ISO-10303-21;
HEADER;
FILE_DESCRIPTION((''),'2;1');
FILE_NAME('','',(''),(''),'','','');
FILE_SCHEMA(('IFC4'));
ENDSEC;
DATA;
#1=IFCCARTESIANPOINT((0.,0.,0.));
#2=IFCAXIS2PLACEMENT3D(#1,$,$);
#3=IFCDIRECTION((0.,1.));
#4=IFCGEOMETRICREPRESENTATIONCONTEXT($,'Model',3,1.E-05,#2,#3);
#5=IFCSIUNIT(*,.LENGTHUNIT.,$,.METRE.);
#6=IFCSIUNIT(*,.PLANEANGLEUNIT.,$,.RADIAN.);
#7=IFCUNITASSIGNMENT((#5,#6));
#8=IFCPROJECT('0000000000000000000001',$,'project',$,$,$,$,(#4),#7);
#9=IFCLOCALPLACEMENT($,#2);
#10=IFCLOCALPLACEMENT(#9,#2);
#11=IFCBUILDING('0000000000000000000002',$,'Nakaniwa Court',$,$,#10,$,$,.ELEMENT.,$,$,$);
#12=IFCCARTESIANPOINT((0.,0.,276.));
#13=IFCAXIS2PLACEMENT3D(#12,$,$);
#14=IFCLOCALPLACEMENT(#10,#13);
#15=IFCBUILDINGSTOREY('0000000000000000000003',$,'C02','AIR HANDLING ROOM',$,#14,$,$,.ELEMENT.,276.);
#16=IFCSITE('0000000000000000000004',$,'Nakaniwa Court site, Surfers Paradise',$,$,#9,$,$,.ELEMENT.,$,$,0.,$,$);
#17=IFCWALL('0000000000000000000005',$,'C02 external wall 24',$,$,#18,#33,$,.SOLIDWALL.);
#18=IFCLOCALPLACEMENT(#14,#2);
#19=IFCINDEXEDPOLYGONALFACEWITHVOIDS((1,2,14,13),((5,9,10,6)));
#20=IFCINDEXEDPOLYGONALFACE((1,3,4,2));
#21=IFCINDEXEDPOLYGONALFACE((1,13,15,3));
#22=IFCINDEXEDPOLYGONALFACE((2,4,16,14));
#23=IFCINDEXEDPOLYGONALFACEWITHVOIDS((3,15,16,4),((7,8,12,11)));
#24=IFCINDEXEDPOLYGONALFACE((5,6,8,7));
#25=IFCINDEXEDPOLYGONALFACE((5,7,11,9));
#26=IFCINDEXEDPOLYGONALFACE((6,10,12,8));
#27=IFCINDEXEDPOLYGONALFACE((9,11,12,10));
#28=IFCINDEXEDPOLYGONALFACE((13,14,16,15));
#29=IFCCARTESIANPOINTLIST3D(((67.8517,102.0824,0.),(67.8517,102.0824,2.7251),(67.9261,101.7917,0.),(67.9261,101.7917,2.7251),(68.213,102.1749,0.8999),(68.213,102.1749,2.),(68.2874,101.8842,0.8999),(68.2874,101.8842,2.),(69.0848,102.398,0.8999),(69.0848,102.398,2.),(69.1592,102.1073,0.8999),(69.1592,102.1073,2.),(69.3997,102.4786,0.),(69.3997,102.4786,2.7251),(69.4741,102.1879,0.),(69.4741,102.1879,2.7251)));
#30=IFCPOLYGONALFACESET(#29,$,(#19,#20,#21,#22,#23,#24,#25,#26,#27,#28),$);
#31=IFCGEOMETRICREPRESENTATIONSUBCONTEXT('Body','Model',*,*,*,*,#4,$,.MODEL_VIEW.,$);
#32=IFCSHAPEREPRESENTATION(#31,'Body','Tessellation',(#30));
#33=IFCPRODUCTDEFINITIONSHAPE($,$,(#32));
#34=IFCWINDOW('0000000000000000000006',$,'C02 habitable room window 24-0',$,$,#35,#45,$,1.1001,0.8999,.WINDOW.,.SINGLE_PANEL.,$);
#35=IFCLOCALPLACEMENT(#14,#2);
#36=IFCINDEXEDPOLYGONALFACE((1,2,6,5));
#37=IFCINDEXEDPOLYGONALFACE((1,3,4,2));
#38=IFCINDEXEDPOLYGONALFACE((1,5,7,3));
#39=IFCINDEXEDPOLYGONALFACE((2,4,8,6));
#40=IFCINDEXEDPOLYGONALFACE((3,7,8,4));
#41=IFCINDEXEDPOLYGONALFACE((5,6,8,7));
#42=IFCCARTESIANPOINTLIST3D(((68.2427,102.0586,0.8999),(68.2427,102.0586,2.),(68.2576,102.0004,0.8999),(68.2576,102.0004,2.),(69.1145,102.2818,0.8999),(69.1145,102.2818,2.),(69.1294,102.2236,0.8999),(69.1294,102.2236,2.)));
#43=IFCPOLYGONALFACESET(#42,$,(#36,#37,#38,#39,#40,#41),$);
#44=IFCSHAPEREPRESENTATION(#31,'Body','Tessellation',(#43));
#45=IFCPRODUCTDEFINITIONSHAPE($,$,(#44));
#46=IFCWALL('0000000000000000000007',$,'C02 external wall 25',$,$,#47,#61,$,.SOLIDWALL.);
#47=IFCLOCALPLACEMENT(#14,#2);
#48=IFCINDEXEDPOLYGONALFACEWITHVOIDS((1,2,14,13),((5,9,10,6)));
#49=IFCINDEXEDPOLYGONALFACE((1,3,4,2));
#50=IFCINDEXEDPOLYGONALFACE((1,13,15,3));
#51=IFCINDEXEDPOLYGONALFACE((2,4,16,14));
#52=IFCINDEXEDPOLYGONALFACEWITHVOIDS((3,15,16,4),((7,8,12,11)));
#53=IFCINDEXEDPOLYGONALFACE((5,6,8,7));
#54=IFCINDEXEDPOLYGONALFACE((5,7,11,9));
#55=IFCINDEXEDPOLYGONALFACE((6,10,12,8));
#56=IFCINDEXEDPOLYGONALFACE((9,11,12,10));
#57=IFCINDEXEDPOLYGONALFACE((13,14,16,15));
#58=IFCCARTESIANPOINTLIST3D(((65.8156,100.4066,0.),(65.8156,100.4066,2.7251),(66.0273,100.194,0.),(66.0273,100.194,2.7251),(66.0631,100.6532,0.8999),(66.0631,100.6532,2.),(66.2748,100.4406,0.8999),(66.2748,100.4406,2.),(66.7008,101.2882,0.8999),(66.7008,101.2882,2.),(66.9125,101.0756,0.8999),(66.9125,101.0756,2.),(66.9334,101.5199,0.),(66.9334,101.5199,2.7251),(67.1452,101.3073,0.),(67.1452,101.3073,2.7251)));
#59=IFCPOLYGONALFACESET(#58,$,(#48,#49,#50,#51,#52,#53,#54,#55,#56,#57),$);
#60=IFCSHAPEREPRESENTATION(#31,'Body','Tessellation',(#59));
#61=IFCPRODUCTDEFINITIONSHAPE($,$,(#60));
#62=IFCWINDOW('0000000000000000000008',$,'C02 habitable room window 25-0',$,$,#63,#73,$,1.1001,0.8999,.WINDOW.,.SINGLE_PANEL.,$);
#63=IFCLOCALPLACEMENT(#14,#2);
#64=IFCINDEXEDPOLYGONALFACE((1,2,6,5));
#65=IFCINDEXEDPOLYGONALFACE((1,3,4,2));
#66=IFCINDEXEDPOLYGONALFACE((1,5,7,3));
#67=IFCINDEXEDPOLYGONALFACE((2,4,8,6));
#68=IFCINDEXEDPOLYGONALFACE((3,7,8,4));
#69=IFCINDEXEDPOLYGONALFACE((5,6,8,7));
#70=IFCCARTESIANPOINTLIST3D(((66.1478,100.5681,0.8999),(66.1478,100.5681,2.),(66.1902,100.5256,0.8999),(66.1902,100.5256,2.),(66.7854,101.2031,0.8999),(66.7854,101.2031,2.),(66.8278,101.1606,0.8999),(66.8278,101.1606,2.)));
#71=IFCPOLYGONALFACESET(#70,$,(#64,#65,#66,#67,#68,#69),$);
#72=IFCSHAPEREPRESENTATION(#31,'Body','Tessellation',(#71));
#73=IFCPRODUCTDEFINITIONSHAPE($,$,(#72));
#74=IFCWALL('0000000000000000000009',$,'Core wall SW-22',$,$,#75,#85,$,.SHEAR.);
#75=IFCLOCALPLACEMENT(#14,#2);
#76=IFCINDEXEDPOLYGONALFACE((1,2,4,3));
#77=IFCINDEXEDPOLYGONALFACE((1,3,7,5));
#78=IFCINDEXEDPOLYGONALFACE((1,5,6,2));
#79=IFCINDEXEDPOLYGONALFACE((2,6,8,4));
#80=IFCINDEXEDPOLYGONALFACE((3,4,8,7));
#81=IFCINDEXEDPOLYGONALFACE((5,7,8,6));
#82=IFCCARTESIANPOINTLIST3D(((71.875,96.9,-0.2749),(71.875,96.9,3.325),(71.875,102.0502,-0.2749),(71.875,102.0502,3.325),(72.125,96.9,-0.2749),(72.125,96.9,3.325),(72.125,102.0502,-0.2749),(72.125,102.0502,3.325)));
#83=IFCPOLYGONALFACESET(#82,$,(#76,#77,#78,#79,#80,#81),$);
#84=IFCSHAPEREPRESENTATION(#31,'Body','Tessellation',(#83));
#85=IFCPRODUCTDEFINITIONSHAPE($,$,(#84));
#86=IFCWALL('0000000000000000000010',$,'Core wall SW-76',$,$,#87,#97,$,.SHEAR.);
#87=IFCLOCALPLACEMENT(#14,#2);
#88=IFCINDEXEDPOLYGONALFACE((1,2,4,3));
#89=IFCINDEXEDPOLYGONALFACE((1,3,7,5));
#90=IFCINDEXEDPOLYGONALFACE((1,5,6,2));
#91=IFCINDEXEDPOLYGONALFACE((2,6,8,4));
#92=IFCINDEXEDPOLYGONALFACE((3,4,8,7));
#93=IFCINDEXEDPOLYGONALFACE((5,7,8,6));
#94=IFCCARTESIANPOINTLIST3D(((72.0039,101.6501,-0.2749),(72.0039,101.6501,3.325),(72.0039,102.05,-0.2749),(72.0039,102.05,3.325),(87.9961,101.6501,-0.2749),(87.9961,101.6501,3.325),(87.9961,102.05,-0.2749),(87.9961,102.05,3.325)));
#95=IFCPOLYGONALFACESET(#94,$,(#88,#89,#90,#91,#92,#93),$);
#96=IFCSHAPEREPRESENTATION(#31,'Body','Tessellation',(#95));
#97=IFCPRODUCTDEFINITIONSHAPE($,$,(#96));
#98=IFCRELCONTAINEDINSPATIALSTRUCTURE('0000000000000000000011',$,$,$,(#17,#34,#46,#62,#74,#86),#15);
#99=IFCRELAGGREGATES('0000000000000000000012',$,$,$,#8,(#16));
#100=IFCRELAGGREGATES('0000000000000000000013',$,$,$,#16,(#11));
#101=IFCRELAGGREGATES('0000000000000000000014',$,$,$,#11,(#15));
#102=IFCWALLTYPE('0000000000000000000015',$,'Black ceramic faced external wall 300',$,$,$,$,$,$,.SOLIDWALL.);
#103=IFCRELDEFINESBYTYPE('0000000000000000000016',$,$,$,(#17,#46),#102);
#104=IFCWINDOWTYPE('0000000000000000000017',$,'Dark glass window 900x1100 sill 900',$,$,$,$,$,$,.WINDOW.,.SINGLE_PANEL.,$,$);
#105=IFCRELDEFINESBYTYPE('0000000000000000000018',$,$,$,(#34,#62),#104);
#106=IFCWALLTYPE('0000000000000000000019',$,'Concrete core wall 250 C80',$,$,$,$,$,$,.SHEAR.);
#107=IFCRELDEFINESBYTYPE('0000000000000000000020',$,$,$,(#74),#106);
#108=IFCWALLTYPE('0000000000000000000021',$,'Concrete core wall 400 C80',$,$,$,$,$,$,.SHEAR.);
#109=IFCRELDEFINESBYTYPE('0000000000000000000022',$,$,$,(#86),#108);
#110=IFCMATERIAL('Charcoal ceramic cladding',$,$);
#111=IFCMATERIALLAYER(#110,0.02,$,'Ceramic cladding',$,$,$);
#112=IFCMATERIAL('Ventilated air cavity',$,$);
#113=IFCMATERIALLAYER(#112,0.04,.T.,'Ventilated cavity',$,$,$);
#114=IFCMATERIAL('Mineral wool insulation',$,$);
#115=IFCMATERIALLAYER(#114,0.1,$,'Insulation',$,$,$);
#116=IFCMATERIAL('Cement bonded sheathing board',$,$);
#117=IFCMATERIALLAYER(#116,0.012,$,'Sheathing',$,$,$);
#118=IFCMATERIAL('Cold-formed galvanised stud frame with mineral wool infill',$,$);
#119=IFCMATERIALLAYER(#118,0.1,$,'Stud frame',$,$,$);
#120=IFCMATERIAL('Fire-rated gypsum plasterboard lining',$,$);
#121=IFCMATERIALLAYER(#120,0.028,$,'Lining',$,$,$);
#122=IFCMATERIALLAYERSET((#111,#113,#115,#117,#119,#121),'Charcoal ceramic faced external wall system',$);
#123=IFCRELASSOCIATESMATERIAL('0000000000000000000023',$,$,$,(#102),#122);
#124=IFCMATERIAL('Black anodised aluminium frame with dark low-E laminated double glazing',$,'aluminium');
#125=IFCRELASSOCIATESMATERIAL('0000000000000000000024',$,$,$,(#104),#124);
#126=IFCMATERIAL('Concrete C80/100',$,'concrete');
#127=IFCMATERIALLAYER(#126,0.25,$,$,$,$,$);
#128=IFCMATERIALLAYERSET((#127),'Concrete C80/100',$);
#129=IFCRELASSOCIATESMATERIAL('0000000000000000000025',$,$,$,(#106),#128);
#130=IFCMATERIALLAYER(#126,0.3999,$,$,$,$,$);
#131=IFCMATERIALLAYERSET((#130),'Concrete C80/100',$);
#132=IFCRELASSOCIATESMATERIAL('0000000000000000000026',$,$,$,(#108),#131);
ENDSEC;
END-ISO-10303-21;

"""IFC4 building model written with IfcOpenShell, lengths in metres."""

from ifc_helpers import new_model, si_unit, direction, frame, frame_2d, origin, place, context, subcontext, project, spatial, rectangle, extrude, material, layer, layer_set, type_object, element, fill, save


model = new_model("IFC4")

# Units and contexts
model_context = context("Model", 3, precision=1e-05, world=origin(), true_north=direction((0.0, 1.0)))
body_context = subcontext(model_context, "Body", "Model", "MODEL_VIEW")
ifc_project = project(units=[si_unit("LENGTHUNIT", "METRE"), si_unit("PLANEANGLEUNIT", "RADIAN")], contexts=[model_context])

# Site, building, storey
site_placement = place(None, origin())
site = spatial("IfcSite", under=ifc_project, at=site_placement, Name="Nakaniwa Court site, Surfers Paradise", CompositionType="ELEMENT", RefElevation=0.0)
building_placement = place(site_placement, origin())
building = spatial("IfcBuilding", under=site, at=building_placement, Name="Nakaniwa Court", CompositionType="ELEMENT")
storey_placement = place(building_placement, frame((0.0, 0.0, 276.0)))
storey = spatial("IfcBuildingStorey", under=building, at=storey_placement, Name="C02", Description="AIR HANDLING ROOM", CompositionType="ELEMENT", Elevation=276.0)

# Shared definitions
ifc_material_1 = material(Name="Concrete C80/100", Category="concrete")

# Walls, openings, windows
ifc_material_2 = material(Name="Charcoal ceramic cladding")
ifc_layer_1 = layer(ifc_material_2, 0.02, Name="Ceramic cladding")
ifc_material_3 = material(Name="Ventilated air cavity")
ifc_layer_2 = layer(ifc_material_3, 0.04, ventilated=True, Name="Ventilated cavity")
ifc_material_4 = material(Name="Mineral wool insulation")
ifc_layer_3 = layer(ifc_material_4, 0.1, Name="Insulation")
ifc_material_5 = material(Name="Cement bonded sheathing board")
ifc_layer_4 = layer(ifc_material_5, 0.012, Name="Sheathing")
ifc_material_6 = material(Name="Cold-formed galvanised stud frame with mineral wool infill")
ifc_layer_5 = layer(ifc_material_6, 0.1, Name="Stud frame")
ifc_material_7 = material(Name="Fire-rated gypsum plasterboard lining")
ifc_layer_6 = layer(ifc_material_7, 0.028, Name="Lining")
ifc_layer_set_1 = layer_set([ifc_layer_1, ifc_layer_2, ifc_layer_3, ifc_layer_4, ifc_layer_5, ifc_layer_6], Name="Charcoal ceramic faced external wall system")
wall_type_1 = type_object("IfcWallType", Name="Black ceramic faced external wall 300", PredefinedType="SOLIDWALL", material=ifc_layer_set_1)
ifc_material_8 = material(Name="Black anodised aluminium frame with dark low-E laminated double glazing", Category="aluminium")
wall_1_placement = place(storey_placement, frame((69.4368, 102.3333, 0.0), z_axis=(0.0, 0.0, 1.0), x_axis=(-0.96877, -0.24796, 0.0)))
wall_1 = element("IfcWall", 1, at=wall_1_placement, inside=storey, type_object=wall_type_1, Name="C02 external wall 24", PredefinedType="SOLIDWALL", context=body_context, shape_type="SweptSolid", body=[
    extrude(rectangle(XDim=1.5979, YDim=0.3, at=frame_2d((0.7988, 0.0))), origin(), (0.0, 0.0, 1.0), 2.7251),
])
opening_1_placement = place(wall_1_placement, frame((0.325, 0.0, 0.8999)))
opening_1 = element("IfcOpeningElement", 2, at=opening_1_placement, cuts=wall_1, PredefinedType="OPENING", context=body_context, shape_type="SweptSolid", body=[
    extrude(rectangle(XDim=0.8999, YDim=1.1001, at=frame_2d((0.45, 0.55))), frame((0.0, 0.1599, 0.0), z_axis=(0.0, -1.0, 0.0), x_axis=(1.0, 0.0, 0.0)), (0.0, 0.0, 1.0), 0.3201),
])
window_type_1 = type_object("IfcWindowType", Name="Dark glass window 900x1100 sill 900", PartitioningType="SINGLE_PANEL", PredefinedType="WINDOW", material=ifc_material_8)
window_1_placement = place(opening_1_placement, origin())
window_1 = element("IfcWindow", 3, at=window_1_placement, inside=storey, type_object=window_type_1, Name="C02 habitable room window 24-0", OverallHeight=1.1001, OverallWidth=0.8999, PartitioningType="SINGLE_PANEL", PredefinedType="WINDOW", context=body_context, shape_type="SweptSolid", body=[
    extrude(rectangle(XDim=0.8999, YDim=1.1001, at=frame_2d((0.45, 0.55))), frame((0.0, 0.03, 0.0), z_axis=(0.0, -1.0, 0.0), x_axis=(1.0, 0.0, 0.0)), (0.0, 0.0, 1.0), 0.0601),
])
fill(opening_1, window_1)
wall_2_placement = place(storey_placement, frame((67.0393, 101.4136, 0.0), z_axis=(0.0, 0.0, 1.0), x_axis=(-0.708575, -0.705635, 0.0)))
wall_2 = element("IfcWall", 4, at=wall_2_placement, inside=storey, type_object=wall_type_1, Name="C02 external wall 25", PredefinedType="SOLIDWALL", context=body_context, shape_type="SweptSolid", body=[
    extrude(rectangle(XDim=1.5776, YDim=0.3, at=frame_2d((0.7888, 0.0))), origin(), (0.0, 0.0, 1.0), 2.7251),
])
opening_2_placement = place(wall_2_placement, frame((0.3284, 0.0, 0.8999)))
opening_2 = element("IfcOpeningElement", 5, at=opening_2_placement, cuts=wall_2, PredefinedType="OPENING", context=body_context, shape_type="SweptSolid", body=[
    extrude(rectangle(XDim=0.8999, YDim=1.1001, at=frame_2d((0.45, 0.55))), frame((0.0, 0.1599, 0.0), z_axis=(0.0, -1.0, 0.0), x_axis=(1.0, 0.0, 0.0)), (0.0, 0.0, 1.0), 0.3201),
])
window_2_placement = place(opening_2_placement, origin())
window_2 = element("IfcWindow", 6, at=window_2_placement, inside=storey, type_object=window_type_1, Name="C02 habitable room window 25-0", OverallHeight=1.1001, OverallWidth=0.8999, PartitioningType="SINGLE_PANEL", PredefinedType="WINDOW", context=body_context, shape_type="SweptSolid", body=[
    extrude(rectangle(XDim=0.8999, YDim=1.1001, at=frame_2d((0.45, 0.55))), frame((0.0, 0.03, 0.0), z_axis=(0.0, -1.0, 0.0), x_axis=(1.0, 0.0, 0.0)), (0.0, 0.0, 1.0), 0.0601),
])
fill(opening_2, window_2)

# Walls
ifc_layer_7 = layer(ifc_material_1, 0.25)
ifc_layer_set_2 = layer_set([ifc_layer_7], Name="Concrete C80/100")
wall_type_2 = type_object("IfcWallType", Name="Concrete core wall 250 C80", PredefinedType="SHEAR", material=ifc_layer_set_2)
wall_3_placement = place(storey_placement, frame((72.0, 96.8999, -0.2749), z_axis=(0.0, 0.0, 1.0), x_axis=(0.0, 1.0, 0.0)))
element("IfcWall", 7, at=wall_3_placement, inside=storey, type_object=wall_type_2, Name="Core wall SW-22", PredefinedType="SHEAR", context=body_context, shape_type="SweptSolid", body=[
    extrude(rectangle(XDim=5.1501, YDim=0.25, at=frame_2d((2.5752, 0.0))), origin(), (0.0, 0.0, 1.0), 3.5999),
])
ifc_layer_8 = layer(ifc_material_1, 0.3999)
ifc_layer_set_3 = layer_set([ifc_layer_8], Name="Concrete C80/100")
wall_type_3 = type_object("IfcWallType", Name="Concrete core wall 400 C80", PredefinedType="SHEAR", material=ifc_layer_set_3)
wall_4_placement = place(storey_placement, frame((72.0039, 101.8501, -0.2749), z_axis=(0.0, 0.0, 1.0), x_axis=(1.0, 0.0, 0.0)))
element("IfcWall", 8, at=wall_4_placement, inside=storey, type_object=wall_type_3, Name="Core wall SW-76", PredefinedType="SHEAR", context=body_context, shape_type="SweptSolid", body=[
    extrude(rectangle(XDim=15.9922, YDim=0.3999, at=frame_2d((7.9961, 0.0))), origin(), (0.0, 0.0, 1.0), 3.5999),
])

save(model, "model.ifc")
